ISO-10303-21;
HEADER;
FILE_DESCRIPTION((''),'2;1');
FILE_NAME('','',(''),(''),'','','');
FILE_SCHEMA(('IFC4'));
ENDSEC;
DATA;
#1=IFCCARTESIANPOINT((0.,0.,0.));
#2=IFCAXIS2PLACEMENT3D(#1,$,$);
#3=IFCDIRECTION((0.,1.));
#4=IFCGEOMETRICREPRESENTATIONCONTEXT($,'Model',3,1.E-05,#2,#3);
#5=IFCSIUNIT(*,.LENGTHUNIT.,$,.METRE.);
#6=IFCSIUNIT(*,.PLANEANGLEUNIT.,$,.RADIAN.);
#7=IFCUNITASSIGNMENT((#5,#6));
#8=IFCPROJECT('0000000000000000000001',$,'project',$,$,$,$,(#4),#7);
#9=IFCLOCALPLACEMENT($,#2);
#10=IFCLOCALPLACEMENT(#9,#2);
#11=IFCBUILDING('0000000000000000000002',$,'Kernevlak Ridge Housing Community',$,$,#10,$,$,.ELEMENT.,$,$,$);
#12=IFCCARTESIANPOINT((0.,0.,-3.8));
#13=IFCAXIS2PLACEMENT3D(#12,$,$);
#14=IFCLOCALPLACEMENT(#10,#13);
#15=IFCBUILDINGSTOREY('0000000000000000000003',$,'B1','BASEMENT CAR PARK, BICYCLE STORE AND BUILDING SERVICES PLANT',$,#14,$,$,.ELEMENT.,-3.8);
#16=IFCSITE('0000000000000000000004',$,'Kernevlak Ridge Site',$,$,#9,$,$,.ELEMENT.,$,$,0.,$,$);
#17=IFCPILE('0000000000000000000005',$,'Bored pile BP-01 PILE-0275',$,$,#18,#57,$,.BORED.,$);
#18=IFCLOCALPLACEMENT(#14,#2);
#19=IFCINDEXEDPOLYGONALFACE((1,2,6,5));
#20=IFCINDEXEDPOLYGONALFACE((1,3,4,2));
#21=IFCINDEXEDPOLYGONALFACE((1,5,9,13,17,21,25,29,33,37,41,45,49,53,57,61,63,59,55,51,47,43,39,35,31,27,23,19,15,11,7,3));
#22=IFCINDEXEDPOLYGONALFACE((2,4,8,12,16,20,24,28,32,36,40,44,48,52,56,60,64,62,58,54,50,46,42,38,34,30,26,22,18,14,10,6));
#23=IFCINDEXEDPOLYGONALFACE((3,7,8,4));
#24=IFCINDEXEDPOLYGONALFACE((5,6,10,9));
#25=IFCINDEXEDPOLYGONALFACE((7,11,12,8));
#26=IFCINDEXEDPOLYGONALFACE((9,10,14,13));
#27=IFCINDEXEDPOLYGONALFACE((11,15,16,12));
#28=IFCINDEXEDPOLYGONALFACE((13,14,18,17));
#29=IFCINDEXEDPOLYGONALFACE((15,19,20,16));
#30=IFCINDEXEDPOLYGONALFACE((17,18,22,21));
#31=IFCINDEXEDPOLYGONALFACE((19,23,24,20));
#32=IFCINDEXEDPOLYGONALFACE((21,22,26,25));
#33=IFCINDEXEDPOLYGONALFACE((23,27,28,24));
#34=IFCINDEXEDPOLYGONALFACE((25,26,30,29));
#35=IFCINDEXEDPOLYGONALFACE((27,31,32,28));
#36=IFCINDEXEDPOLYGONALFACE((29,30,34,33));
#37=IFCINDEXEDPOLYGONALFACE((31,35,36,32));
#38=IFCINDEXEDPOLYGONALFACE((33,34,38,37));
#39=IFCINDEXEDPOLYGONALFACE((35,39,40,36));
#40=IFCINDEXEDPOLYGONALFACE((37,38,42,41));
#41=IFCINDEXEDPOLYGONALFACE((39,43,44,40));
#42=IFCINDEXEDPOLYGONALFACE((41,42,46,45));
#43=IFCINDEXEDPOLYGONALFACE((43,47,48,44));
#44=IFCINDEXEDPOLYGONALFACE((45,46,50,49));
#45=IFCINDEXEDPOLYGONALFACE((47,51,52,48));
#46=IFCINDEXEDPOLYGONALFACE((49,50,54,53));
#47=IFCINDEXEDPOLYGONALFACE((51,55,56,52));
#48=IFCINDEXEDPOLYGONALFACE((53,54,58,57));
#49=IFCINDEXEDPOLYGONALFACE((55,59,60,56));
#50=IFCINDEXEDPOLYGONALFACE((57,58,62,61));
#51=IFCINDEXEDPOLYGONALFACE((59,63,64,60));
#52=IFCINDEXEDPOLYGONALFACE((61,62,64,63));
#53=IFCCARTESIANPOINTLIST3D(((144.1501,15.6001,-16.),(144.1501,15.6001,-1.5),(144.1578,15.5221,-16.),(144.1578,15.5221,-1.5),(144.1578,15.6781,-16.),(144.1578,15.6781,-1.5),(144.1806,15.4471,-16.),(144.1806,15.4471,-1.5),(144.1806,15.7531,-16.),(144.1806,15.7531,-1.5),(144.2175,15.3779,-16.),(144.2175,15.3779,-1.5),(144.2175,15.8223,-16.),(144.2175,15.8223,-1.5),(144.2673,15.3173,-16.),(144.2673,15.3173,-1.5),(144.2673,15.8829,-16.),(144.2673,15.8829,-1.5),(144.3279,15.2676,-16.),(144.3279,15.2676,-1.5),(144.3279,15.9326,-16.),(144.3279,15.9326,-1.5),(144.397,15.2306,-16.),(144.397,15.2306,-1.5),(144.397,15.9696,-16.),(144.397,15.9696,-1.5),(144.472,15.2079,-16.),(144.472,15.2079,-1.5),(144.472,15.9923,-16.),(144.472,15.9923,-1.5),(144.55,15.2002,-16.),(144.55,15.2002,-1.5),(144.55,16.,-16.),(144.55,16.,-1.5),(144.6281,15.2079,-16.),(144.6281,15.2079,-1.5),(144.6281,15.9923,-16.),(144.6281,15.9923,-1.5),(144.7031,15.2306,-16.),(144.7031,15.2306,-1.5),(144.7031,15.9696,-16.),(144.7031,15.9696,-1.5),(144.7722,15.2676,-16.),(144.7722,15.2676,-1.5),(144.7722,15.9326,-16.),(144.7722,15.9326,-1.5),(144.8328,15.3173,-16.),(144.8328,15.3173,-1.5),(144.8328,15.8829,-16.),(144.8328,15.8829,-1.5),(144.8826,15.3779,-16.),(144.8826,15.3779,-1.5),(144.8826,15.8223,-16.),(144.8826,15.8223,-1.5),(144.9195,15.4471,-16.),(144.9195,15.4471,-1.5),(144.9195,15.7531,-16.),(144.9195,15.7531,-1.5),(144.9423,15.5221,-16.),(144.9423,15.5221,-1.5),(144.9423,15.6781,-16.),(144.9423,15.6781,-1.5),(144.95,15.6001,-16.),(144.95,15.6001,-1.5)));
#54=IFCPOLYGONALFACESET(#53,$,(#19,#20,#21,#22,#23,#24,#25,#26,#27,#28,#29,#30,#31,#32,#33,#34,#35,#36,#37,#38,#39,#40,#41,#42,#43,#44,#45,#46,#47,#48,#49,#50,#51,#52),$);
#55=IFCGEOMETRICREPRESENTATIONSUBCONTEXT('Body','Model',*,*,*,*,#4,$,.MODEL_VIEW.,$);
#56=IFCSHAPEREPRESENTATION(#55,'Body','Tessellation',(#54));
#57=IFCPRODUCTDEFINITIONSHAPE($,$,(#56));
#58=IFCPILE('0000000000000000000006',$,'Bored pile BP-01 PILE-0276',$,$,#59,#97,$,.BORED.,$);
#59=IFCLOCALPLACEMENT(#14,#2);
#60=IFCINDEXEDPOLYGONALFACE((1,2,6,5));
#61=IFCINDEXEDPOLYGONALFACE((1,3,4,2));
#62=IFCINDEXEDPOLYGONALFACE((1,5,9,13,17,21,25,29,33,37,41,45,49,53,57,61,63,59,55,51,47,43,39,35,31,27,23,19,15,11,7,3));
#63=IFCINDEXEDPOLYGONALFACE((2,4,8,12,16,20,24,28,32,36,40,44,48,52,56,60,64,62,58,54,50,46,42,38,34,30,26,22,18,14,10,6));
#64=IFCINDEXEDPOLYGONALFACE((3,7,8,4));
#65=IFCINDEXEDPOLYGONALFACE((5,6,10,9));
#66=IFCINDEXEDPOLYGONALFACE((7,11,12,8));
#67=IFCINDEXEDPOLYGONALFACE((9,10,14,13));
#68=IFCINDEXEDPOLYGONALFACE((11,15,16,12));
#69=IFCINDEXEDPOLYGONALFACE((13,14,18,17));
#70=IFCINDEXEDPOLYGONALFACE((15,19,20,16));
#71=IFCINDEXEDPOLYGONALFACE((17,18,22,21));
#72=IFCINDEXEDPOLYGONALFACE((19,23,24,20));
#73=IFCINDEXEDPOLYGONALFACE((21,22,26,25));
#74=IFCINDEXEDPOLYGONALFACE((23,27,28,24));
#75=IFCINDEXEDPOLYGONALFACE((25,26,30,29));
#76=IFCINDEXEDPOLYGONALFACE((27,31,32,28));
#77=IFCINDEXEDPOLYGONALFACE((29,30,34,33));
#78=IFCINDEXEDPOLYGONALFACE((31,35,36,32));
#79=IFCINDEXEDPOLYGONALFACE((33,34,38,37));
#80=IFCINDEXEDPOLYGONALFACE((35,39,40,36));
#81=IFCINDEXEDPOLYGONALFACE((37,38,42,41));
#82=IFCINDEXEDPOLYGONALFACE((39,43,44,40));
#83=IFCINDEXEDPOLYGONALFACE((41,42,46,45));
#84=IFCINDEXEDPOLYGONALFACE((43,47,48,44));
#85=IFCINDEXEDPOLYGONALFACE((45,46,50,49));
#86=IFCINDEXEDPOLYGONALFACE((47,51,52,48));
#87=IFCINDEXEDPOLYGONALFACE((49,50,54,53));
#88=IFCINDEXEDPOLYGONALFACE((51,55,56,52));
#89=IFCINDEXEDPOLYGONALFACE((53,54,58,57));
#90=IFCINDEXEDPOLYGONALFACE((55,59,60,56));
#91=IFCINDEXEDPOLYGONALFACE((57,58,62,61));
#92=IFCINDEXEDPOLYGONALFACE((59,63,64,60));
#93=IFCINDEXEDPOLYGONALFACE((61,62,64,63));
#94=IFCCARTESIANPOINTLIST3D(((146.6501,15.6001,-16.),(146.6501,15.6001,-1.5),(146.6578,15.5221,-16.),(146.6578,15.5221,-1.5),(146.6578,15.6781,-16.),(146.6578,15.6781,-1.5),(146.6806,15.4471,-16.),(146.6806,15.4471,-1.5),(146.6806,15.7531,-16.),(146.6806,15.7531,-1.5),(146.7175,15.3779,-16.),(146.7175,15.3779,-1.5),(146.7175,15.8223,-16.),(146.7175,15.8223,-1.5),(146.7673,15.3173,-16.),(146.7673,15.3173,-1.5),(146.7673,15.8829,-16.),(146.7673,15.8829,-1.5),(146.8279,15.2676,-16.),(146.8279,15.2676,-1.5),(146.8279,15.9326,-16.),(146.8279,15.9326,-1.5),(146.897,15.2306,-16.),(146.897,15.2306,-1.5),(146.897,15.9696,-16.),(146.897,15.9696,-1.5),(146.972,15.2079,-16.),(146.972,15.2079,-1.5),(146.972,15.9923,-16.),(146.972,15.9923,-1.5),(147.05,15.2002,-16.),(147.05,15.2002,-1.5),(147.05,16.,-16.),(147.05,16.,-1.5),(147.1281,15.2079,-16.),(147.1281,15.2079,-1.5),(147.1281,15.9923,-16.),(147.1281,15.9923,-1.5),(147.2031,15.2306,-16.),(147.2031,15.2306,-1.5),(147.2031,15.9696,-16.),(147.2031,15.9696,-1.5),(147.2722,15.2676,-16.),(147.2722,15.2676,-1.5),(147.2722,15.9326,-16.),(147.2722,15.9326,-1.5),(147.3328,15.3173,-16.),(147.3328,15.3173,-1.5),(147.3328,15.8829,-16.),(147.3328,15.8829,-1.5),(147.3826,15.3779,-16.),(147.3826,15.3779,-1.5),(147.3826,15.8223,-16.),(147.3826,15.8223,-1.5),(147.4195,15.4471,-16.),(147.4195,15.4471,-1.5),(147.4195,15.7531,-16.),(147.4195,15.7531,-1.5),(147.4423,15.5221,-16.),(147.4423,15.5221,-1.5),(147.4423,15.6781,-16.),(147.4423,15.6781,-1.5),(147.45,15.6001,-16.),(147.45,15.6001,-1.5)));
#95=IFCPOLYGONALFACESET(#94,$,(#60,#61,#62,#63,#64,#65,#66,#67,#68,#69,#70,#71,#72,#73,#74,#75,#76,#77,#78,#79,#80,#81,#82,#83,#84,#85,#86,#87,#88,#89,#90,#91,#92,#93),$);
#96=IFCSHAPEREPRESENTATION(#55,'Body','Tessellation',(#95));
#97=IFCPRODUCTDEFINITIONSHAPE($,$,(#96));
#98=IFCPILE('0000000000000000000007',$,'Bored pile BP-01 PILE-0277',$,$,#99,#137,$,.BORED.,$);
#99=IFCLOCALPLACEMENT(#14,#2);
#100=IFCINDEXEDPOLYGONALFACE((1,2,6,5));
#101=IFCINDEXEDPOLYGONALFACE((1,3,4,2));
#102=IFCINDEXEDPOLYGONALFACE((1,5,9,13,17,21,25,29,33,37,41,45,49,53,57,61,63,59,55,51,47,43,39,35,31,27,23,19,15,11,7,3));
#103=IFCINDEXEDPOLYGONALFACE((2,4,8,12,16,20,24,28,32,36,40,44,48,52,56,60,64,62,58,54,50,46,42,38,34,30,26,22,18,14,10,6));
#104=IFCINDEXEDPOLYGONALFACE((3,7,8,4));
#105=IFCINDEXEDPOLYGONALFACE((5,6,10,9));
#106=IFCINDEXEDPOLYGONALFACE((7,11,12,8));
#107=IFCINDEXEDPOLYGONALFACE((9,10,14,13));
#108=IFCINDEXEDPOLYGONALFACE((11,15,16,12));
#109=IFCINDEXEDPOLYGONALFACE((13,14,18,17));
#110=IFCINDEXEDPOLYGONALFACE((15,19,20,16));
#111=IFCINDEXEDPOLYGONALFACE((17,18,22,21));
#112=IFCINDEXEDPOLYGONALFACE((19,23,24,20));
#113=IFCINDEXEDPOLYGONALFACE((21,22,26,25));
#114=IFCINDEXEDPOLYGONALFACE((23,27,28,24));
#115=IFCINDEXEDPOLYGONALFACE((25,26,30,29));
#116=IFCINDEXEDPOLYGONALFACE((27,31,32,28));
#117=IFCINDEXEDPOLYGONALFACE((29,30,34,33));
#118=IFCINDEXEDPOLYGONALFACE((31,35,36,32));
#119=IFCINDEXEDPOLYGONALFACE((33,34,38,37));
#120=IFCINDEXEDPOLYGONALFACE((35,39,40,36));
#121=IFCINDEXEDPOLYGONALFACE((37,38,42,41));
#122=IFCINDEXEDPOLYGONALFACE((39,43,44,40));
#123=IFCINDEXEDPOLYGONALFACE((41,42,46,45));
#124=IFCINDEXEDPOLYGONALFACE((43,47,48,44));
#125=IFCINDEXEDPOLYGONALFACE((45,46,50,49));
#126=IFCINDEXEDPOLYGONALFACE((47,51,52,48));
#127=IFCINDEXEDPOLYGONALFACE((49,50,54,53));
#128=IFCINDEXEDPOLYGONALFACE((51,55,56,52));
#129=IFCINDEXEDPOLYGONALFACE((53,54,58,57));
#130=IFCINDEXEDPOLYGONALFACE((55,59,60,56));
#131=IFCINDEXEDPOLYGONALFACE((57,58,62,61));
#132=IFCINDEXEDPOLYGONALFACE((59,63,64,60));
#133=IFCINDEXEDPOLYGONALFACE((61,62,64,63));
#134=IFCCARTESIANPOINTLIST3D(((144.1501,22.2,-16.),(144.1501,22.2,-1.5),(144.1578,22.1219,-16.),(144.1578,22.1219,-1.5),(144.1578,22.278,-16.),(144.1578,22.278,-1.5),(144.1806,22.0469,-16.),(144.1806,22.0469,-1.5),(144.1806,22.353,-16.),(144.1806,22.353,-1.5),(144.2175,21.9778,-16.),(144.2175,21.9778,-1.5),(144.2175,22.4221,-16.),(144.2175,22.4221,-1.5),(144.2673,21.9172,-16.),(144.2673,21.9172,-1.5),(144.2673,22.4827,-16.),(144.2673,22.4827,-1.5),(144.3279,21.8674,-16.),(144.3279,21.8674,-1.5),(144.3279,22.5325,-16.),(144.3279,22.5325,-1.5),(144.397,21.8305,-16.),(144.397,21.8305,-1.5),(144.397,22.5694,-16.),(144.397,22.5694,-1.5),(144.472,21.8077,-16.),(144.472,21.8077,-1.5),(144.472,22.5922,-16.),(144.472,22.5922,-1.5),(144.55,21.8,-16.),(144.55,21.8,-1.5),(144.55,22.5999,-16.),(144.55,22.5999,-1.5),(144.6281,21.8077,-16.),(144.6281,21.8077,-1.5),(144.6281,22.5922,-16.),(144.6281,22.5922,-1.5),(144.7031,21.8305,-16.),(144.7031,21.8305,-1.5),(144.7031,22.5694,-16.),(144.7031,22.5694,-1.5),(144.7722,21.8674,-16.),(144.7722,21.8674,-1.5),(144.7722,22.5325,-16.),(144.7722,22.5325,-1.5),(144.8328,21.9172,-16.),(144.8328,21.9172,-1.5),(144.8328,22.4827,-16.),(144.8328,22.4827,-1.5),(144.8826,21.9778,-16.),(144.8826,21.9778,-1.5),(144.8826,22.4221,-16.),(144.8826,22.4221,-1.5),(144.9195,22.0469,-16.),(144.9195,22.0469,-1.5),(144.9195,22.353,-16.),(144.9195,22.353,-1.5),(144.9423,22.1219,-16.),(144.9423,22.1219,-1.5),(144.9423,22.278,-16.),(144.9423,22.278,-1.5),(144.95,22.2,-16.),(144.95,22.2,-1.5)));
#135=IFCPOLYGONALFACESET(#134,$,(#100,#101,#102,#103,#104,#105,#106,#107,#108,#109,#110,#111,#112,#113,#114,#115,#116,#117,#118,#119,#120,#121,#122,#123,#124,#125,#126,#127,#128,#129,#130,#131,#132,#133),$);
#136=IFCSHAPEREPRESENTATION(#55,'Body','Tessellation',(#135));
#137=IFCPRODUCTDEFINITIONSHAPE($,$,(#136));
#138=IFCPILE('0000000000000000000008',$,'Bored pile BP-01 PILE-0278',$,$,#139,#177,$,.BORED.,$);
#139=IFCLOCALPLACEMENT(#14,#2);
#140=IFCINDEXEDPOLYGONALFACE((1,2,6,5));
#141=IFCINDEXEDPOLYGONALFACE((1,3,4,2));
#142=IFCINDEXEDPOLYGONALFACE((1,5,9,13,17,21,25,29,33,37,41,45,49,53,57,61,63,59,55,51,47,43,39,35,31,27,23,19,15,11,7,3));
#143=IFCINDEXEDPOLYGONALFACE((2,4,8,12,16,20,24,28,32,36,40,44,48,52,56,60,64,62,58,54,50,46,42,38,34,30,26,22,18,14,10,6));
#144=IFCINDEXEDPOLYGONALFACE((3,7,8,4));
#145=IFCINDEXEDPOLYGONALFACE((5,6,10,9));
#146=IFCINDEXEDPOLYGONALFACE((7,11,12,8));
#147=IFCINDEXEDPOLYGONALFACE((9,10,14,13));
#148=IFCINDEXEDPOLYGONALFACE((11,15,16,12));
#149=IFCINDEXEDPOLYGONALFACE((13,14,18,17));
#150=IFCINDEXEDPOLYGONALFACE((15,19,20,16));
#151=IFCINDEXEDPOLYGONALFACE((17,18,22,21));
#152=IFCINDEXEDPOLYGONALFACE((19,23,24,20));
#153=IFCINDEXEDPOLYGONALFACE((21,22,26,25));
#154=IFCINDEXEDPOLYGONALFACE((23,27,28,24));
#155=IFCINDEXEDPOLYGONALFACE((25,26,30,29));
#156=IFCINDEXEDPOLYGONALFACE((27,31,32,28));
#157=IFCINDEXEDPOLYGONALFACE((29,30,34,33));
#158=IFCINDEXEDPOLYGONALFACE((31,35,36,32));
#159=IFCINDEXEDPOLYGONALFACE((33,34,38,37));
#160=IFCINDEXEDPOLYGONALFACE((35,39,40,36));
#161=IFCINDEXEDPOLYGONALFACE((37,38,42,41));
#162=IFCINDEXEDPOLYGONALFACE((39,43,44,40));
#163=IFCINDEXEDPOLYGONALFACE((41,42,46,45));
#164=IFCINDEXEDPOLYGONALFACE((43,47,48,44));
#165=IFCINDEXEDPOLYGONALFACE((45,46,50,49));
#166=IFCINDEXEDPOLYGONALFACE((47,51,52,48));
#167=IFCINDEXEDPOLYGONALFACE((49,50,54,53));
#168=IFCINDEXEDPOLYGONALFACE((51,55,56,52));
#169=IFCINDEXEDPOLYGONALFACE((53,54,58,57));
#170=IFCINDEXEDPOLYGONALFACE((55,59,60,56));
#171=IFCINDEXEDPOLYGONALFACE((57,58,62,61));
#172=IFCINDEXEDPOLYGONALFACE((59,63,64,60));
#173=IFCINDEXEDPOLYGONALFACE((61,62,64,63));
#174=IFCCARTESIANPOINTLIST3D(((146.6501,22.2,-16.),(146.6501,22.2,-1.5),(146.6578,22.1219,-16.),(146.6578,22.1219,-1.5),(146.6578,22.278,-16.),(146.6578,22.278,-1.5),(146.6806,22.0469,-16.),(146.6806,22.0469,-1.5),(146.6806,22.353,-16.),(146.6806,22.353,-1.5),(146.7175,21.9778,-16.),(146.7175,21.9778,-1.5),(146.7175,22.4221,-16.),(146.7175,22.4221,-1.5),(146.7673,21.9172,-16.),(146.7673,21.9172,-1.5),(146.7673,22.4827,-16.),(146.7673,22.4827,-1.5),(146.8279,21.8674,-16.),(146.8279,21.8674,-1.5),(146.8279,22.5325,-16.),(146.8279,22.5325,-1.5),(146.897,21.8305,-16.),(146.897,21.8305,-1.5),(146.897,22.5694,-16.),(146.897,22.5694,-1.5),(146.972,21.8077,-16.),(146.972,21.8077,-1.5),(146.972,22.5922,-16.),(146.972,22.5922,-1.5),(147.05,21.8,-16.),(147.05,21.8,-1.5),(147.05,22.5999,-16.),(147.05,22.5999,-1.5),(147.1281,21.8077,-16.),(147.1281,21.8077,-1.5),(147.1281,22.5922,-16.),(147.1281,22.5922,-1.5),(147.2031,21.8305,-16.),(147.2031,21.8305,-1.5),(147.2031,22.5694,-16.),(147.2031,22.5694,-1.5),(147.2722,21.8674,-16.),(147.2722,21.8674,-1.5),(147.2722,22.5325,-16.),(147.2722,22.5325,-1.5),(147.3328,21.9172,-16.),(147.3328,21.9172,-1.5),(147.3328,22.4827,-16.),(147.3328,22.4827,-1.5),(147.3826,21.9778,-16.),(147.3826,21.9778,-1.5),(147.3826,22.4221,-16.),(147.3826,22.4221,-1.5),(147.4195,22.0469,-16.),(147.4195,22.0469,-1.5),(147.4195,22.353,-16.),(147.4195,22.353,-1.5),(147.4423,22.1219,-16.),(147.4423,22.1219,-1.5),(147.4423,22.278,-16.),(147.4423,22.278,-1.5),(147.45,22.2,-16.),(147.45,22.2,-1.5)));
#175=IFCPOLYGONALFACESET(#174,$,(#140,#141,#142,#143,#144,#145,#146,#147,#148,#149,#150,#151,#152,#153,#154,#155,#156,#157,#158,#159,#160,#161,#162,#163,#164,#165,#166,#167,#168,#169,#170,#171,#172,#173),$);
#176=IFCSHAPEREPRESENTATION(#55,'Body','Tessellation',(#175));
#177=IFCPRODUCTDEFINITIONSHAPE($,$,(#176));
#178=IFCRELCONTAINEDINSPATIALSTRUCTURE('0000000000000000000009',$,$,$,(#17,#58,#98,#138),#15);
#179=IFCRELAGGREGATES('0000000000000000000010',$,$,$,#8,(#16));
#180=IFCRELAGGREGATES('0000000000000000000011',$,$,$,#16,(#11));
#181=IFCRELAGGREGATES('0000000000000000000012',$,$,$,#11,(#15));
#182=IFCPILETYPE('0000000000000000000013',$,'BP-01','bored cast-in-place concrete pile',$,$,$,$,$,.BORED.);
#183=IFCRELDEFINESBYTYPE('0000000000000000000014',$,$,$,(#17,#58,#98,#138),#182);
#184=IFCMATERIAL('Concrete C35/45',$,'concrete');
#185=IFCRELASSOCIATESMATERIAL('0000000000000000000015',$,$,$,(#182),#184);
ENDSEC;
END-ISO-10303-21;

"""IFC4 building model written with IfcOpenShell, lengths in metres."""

from ifc_helpers import new_model, si_unit, direction, frame, origin, origin_2d, place, context, subcontext, project, spatial, circle, extrude, material, material_profile, profile_set, type_object, element, save


model = new_model("IFC4")

# Units and contexts
model_context = context("Model", 3, precision=1e-05, world=origin(), true_north=direction((0.0, 1.0)))
body_context = subcontext(model_context, "Body", "Model", "MODEL_VIEW")
ifc_project = project(units=[si_unit("LENGTHUNIT", "METRE"), si_unit("PLANEANGLEUNIT", "RADIAN")], contexts=[model_context])

# Site, building, storey
site_placement = place(None, origin())
site = spatial("IfcSite", under=ifc_project, at=site_placement, Name="Kernevlak Ridge Site", CompositionType="ELEMENT", RefElevation=0.0)
building_placement = place(site_placement, origin())
building = spatial("IfcBuilding", under=site, at=building_placement, Name="Kernevlak Ridge Housing Community", CompositionType="ELEMENT")
storey_placement = place(building_placement, frame((0.0, 0.0, -3.8)))
storey = spatial("IfcBuildingStorey", under=building, at=storey_placement, Name="B1", Description="BASEMENT CAR PARK, BICYCLE STORE AND BUILDING SERVICES PLANT", CompositionType="ELEMENT", Elevation=-3.8)

# Piles
ifc_material_1 = material(Name="Concrete C35/45", Category="concrete")
ifc_material_profile_1 = material_profile(ifc_material_1, circle(Radius=0.3999, at=origin_2d()), Name="BORED PILE 800")
ifc_profile_set_1 = profile_set([ifc_material_profile_1], Name="Concrete C35/45")
pile_type_1 = type_object("IfcPileType", Name="BP-01", Description="bored cast-in-place concrete pile", PredefinedType="BORED", material=ifc_profile_set_1)
for number, where, z_axis, x_axis, name in (
    (1, (144.55, 15.6001, -1.5), (0.0, 0.0, -1.0), (1.0, 0.0, 0.0), "Bored pile BP-01 PILE-0275"),
    (2, (147.05, 15.6001, -1.5), (0.0, 0.0, -1.0), (1.0, 0.0, 0.0), "Bored pile BP-01 PILE-0276"),
    (3, (144.55, 22.2, -1.5), (0.0, 0.0, -1.0), (1.0, 0.0, 0.0), "Bored pile BP-01 PILE-0277"),
    (4, (147.05, 22.2, -1.5), (0.0, 0.0, -1.0), (1.0, 0.0, 0.0), "Bored pile BP-01 PILE-0278"),
):
    element("IfcPile", number, at=place(storey_placement, frame(where, z_axis=z_axis, x_axis=x_axis)), inside=storey, type_object=pile_type_1, Name=name, PredefinedType="BORED", context=body_context, shape_type="SweptSolid", body=[
        extrude(circle(Radius=0.3999, at=origin_2d()), origin(), (0.0, 0.0, 1.0), 14.5),
    ])

save(model, "model.ifc")
